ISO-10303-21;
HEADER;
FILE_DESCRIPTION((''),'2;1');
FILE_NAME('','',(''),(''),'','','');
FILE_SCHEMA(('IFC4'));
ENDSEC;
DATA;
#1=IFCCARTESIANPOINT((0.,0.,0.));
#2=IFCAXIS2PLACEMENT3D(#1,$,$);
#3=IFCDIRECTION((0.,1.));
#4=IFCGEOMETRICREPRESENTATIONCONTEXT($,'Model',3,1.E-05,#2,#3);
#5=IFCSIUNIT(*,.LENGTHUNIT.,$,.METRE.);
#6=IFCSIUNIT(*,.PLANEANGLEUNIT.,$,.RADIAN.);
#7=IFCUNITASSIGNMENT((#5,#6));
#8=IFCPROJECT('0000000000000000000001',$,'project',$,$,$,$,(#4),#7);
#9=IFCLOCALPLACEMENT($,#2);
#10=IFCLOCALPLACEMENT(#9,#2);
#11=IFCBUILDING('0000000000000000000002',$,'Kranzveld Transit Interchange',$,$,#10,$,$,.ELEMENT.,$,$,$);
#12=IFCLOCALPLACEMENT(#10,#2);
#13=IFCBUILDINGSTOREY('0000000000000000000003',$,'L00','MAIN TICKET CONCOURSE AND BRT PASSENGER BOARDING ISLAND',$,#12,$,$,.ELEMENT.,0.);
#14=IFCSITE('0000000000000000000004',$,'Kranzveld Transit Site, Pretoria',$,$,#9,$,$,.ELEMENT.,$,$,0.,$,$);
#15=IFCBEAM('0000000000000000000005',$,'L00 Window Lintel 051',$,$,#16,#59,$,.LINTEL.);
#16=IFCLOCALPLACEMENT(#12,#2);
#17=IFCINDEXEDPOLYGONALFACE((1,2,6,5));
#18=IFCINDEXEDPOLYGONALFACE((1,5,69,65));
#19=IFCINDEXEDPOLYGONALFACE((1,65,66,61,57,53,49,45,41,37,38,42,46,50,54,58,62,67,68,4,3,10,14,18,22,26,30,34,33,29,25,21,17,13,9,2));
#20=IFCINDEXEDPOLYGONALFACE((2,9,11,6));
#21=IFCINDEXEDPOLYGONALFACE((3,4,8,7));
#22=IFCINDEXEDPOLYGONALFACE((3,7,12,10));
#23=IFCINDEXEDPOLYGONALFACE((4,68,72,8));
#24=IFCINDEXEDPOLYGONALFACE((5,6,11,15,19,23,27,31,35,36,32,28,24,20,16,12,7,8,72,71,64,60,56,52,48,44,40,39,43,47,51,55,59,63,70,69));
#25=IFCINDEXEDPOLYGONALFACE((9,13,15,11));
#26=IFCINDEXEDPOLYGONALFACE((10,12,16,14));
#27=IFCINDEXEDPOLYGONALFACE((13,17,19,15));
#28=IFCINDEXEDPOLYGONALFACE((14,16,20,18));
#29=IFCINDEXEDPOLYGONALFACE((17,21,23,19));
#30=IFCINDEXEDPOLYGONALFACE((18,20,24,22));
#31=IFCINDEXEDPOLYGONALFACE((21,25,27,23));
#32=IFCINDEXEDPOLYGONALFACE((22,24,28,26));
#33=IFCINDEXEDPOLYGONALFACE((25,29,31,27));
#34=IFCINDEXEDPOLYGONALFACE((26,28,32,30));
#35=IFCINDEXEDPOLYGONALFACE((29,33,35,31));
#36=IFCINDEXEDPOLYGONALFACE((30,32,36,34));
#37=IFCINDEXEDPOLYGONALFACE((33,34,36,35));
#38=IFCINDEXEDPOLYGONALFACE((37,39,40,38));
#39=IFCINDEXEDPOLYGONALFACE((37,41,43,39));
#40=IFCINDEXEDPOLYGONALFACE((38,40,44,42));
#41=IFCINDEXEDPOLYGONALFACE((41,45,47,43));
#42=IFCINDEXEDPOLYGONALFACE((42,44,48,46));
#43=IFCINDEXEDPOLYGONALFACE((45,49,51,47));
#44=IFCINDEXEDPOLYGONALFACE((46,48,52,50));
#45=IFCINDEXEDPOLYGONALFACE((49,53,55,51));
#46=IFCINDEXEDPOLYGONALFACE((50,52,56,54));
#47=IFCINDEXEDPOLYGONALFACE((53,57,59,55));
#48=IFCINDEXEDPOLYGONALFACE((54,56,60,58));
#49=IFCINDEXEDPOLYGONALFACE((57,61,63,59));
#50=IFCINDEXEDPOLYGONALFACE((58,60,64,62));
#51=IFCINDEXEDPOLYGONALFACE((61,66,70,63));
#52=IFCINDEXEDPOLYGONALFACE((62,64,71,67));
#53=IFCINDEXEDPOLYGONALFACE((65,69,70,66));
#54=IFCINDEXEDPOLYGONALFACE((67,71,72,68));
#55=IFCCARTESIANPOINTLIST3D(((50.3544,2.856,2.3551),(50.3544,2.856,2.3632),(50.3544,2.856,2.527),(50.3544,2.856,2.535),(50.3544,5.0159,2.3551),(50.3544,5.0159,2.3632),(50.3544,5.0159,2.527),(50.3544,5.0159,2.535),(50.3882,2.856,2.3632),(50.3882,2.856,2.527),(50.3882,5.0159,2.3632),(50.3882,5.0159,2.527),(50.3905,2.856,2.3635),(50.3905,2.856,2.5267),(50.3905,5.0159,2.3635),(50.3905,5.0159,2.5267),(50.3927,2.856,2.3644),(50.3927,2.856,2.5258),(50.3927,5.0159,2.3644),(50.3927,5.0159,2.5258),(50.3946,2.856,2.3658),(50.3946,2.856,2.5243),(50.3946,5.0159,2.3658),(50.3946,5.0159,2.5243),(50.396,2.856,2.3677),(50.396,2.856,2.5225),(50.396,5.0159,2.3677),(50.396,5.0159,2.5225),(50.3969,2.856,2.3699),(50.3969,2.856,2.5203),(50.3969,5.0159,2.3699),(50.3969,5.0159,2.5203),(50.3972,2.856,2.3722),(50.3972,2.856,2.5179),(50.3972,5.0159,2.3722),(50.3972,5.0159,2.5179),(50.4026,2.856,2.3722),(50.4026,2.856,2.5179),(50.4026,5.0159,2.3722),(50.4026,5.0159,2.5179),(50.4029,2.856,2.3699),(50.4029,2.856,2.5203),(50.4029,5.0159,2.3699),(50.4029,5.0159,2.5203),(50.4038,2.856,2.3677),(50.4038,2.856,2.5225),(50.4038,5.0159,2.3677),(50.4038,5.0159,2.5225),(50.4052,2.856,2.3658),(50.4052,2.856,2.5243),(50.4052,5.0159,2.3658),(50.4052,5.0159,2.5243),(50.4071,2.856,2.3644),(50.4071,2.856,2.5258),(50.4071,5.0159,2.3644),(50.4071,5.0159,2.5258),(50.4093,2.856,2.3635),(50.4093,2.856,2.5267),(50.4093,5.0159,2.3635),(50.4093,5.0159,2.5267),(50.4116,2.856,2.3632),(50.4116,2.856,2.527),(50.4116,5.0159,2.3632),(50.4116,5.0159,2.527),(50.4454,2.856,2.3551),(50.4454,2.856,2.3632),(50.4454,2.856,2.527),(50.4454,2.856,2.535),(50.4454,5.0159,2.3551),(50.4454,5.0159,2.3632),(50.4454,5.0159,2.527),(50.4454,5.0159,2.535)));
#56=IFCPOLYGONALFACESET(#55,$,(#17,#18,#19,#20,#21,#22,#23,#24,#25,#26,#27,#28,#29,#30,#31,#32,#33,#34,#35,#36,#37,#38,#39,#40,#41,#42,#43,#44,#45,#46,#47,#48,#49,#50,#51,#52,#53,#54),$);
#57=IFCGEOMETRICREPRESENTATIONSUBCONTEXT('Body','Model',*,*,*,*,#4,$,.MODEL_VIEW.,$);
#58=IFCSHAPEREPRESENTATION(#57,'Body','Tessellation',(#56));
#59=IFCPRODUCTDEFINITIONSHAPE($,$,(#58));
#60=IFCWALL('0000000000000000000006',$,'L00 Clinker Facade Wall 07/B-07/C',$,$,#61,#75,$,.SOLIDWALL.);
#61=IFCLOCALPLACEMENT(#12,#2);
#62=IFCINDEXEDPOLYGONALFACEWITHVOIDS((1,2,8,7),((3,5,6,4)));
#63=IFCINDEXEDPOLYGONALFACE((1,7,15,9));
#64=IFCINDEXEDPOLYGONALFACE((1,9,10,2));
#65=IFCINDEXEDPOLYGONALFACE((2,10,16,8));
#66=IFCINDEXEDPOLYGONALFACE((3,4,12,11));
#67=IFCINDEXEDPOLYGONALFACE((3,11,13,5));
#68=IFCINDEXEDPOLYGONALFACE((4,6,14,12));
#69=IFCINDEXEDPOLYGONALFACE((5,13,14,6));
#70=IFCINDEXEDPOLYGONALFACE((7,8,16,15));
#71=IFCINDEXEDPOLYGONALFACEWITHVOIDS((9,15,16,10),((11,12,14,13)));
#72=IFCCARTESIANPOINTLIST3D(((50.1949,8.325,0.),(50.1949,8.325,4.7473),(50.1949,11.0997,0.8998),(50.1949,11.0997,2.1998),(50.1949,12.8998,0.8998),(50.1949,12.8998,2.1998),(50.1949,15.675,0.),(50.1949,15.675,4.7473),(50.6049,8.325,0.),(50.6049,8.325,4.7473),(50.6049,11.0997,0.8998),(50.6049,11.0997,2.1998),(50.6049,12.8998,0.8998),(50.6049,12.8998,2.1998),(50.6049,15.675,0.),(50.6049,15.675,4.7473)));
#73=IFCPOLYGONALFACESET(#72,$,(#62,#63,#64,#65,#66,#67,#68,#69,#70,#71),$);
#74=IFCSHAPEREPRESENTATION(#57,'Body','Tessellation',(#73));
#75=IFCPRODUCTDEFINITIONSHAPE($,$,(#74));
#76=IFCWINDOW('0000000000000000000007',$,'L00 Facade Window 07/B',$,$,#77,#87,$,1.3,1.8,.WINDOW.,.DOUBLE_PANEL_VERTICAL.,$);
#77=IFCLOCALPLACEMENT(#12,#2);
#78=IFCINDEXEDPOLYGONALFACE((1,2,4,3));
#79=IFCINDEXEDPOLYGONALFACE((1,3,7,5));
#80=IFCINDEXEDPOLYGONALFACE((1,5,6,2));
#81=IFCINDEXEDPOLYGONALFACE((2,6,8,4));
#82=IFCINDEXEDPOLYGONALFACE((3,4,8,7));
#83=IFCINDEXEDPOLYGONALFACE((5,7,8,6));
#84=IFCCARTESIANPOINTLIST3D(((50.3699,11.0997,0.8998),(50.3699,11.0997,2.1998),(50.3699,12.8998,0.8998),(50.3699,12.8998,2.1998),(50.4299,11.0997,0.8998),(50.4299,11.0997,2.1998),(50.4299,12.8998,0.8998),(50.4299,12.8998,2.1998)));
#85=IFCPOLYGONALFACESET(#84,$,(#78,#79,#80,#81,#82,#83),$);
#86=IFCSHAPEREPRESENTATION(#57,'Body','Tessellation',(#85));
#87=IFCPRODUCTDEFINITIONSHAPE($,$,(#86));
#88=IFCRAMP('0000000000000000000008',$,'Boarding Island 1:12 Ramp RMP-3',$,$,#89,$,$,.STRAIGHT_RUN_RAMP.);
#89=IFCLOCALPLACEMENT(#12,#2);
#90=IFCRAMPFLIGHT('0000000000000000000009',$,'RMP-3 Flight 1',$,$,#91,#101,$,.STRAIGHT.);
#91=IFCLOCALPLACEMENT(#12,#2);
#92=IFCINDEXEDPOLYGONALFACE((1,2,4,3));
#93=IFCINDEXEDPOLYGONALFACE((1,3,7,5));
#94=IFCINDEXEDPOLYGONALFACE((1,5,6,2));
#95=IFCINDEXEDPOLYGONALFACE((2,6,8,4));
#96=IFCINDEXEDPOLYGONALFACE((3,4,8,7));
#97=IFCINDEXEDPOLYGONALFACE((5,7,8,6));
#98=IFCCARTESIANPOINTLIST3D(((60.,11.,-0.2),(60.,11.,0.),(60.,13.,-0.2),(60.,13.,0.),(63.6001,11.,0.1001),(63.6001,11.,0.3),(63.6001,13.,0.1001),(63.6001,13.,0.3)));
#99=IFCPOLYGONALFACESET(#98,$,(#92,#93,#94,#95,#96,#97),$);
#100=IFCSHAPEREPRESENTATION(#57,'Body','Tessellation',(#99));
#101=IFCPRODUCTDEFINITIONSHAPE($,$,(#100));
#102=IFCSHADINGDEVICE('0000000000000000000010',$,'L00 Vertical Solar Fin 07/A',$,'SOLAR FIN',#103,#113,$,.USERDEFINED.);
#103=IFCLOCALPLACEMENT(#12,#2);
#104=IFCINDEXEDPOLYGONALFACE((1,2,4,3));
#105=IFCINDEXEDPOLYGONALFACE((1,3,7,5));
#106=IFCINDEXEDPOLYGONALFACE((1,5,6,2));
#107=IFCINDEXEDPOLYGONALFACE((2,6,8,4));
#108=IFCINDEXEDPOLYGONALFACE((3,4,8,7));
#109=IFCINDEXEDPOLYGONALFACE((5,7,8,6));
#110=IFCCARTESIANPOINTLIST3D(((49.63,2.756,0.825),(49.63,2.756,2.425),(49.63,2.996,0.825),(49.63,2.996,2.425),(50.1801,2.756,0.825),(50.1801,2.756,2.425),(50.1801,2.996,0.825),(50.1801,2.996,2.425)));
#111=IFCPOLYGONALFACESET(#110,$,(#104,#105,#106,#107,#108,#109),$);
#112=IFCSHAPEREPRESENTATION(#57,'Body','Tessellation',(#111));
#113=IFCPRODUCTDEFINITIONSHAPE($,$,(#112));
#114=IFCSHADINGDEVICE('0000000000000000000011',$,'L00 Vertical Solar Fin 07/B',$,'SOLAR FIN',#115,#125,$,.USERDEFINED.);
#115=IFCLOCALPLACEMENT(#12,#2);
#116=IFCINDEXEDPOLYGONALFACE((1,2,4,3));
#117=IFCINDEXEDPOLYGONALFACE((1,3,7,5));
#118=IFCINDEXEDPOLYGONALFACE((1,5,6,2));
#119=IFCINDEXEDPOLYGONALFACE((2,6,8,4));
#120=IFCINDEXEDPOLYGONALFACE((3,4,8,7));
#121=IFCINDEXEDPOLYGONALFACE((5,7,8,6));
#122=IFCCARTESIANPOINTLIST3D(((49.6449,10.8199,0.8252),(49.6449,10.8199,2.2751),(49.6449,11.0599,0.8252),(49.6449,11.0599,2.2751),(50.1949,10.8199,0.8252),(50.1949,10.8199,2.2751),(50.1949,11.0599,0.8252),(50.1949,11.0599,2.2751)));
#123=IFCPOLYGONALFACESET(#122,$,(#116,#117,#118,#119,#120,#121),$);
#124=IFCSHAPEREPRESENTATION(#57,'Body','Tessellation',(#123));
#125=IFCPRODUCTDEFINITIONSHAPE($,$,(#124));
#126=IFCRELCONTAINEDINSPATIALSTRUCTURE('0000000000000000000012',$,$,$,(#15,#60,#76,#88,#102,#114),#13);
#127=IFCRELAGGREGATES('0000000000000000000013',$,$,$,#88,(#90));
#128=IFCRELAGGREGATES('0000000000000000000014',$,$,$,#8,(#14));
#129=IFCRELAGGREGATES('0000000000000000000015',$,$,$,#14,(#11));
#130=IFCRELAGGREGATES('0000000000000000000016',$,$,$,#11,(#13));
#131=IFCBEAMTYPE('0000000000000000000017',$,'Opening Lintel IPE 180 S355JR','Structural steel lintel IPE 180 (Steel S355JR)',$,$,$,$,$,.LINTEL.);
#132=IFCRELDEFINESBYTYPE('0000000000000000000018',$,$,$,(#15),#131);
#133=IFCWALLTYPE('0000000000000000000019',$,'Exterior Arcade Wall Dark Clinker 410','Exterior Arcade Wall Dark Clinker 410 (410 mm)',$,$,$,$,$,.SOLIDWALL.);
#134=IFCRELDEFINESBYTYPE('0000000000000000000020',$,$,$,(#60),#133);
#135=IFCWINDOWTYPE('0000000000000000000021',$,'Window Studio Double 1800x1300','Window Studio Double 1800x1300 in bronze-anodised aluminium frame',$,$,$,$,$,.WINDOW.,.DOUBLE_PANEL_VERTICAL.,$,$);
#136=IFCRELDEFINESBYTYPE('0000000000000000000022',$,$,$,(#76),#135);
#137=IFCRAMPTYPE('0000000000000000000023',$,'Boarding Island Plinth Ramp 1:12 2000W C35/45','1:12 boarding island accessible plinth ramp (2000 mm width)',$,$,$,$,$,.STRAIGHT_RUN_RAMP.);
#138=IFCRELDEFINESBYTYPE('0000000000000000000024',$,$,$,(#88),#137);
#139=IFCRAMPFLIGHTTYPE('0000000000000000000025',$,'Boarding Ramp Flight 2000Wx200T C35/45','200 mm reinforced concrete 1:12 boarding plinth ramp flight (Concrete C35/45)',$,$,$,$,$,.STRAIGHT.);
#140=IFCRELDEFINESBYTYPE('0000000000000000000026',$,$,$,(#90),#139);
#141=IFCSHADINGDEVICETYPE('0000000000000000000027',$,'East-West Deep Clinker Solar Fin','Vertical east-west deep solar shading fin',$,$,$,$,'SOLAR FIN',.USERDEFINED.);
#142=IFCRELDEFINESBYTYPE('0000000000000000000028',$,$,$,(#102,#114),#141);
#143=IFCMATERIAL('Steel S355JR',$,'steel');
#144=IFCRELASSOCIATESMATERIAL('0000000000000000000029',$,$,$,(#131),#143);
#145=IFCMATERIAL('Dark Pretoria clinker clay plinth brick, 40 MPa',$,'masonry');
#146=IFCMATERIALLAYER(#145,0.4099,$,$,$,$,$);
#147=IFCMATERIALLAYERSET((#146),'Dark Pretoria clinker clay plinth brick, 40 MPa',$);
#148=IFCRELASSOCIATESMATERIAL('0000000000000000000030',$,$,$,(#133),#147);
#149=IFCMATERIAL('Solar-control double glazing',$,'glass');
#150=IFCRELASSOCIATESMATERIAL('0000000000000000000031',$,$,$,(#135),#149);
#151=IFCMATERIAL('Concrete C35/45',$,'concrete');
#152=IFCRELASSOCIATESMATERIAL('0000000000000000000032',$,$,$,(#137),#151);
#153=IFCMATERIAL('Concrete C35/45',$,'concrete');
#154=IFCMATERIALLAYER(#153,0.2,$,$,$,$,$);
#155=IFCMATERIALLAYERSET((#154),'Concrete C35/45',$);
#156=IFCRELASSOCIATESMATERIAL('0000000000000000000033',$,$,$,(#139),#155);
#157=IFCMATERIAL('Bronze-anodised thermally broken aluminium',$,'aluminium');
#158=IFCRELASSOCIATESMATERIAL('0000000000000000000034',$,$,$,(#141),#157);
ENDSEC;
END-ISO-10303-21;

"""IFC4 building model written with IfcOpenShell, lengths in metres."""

from ifc_helpers import new_model, si_unit, direction, frame, frame_2d, origin, origin_2d, place, context, subcontext, project, spatial, polyline, rectangle, i_section, outline, extrude, material, layer, layer_set, material_profile, profile_set, type_object, element, fill, aggregate, save


model = new_model("IFC4")

# Units and contexts
model_context = context("Model", 3, precision=1e-05, world=origin(), true_north=direction((0.0, 1.0)))
body_context = subcontext(model_context, "Body", "Model", "MODEL_VIEW")
ifc_project = project(units=[si_unit("LENGTHUNIT", "METRE"), si_unit("PLANEANGLEUNIT", "RADIAN")], contexts=[model_context])

# Site, building, storey
site_placement = place(None, origin())
site = spatial("IfcSite", under=ifc_project, at=site_placement, Name="Kranzveld Transit Site, Pretoria", CompositionType="ELEMENT", RefElevation=0.0)
building_placement = place(site_placement, origin())
building = spatial("IfcBuilding", under=site, at=building_placement, Name="Kranzveld Transit Interchange", CompositionType="ELEMENT")
storey_placement = place(building_placement, origin())
storey = spatial("IfcBuildingStorey", under=building, at=storey_placement, Name="L00", Description="MAIN TICKET CONCOURSE AND BRT PASSENGER BOARDING ISLAND", CompositionType="ELEMENT", Elevation=0.0)

# Beam
ifc_material_1 = material(Name="Steel S355JR", Category="steel")
ifc_material_profile_1 = material_profile(ifc_material_1, i_section(OverallWidth=0.0911, OverallDepth=0.1799, WebThickness=0.0054, FlangeThickness=0.0081, FilletRadius=0.009, at=origin_2d()), Name="IPE 180")
ifc_profile_set_1 = profile_set([ifc_material_profile_1], Name="Steel S355JR")
beam_type_1 = type_object("IfcBeamType", Name="Opening Lintel IPE 180 S355JR", Description="Structural steel lintel IPE 180 (Steel S355JR)", PredefinedType="LINTEL", material=ifc_profile_set_1)
beam_1_placement = place(storey_placement, frame((50.3999, 2.856, 2.4451), z_axis=(0.0, 1.0, 0.0), x_axis=(-1.0, 0.0, 0.0)))
element("IfcBeam", 1, at=beam_1_placement, inside=storey, type_object=beam_type_1, Name="L00 Window Lintel 051", PredefinedType="LINTEL", context=body_context, shape_type="SweptSolid", body=[
    extrude(i_section(OverallWidth=0.0911, OverallDepth=0.1799, WebThickness=0.0054, FlangeThickness=0.0081, FilletRadius=0.009, at=origin_2d()), origin(), (0.0, 0.0, 1.0), 2.1599),
])

# Wall, opening, window
ifc_material_2 = material(Name="Dark Pretoria clinker clay plinth brick, 40 MPa", Category="masonry")
ifc_layer_1 = layer(ifc_material_2, 0.4099)
ifc_layer_set_1 = layer_set([ifc_layer_1], Name="Dark Pretoria clinker clay plinth brick, 40 MPa")
wall_type = type_object("IfcWallType", Name="Exterior Arcade Wall Dark Clinker 410", Description="Exterior Arcade Wall Dark Clinker 410 (410 mm)", PredefinedType="SOLIDWALL", material=ifc_layer_set_1)
wall_placement = place(storey_placement, frame((50.3999, 8.325, 0.0), z_axis=(0.0, 0.0, 1.0), x_axis=(0.0, 1.0, 0.0)))
wall = element("IfcWall", 2, at=wall_placement, inside=storey, type_object=wall_type, Name="L00 Clinker Facade Wall 07/B-07/C", PredefinedType="SOLIDWALL", context=body_context, shape_type="SweptSolid", body=[
    extrude(rectangle(XDim=7.3501, YDim=0.4099, at=frame_2d((3.675, 0.0))), origin(), (0.0, 0.0, 1.0), 4.7473),
])
opening_placement = place(wall_placement, frame((2.7749, 0.0, 0.8999), z_axis=(0.0, 0.0, 1.0), x_axis=(1.0, 0.0, 0.0)))
opening = element("IfcOpeningElement", 3, at=opening_placement, cuts=wall, PredefinedType="OPENING", context=body_context, shape_type="SweptSolid", body=[
    extrude(rectangle(XDim=1.8, YDim=1.3, at=frame_2d((0.8999, 0.6499))), frame((0.0, 0.2148, 0.0), z_axis=(0.0, -1.0, 0.0), x_axis=(1.0, 0.0, 0.0)), (0.0, 0.0, 1.0), 0.4299),
])
ifc_material_3 = material(Name="Solar-control double glazing", Category="glass")
window_type = type_object("IfcWindowType", Name="Window Studio Double 1800x1300", Description="Window Studio Double 1800x1300 in bronze-anodised aluminium frame", PartitioningType="DOUBLE_PANEL_VERTICAL", PredefinedType="WINDOW", material=ifc_material_3)
window_placement = place(opening_placement, origin())
window = element("IfcWindow", 4, at=window_placement, inside=storey, type_object=window_type, Name="L00 Facade Window 07/B", OverallHeight=1.3, OverallWidth=1.8, PartitioningType="DOUBLE_PANEL_VERTICAL", PredefinedType="WINDOW", context=body_context, shape_type="SweptSolid", body=[
    extrude(rectangle(XDim=1.8, YDim=1.3, at=frame_2d((0.8999, 0.6499))), frame((0.0, 0.03, 0.0), z_axis=(0.0, -1.0, 0.0), x_axis=(1.0, 0.0, 0.0)), (0.0, 0.0, 1.0), 0.0601),
])
fill(opening, window)

# Ramp, ramp flight
ifc_material_4 = material(Name="Concrete C35/45", Category="concrete")
ramp_type = type_object("IfcRampType", Name="Boarding Island Plinth Ramp 1:12 2000W C35/45", Description="1:12 boarding island accessible plinth ramp (2000 mm width)", PredefinedType="STRAIGHT_RUN_RAMP", material=ifc_material_4)
ramp_placement = place(storey_placement, origin())
ramp = element("IfcRamp", 5, at=ramp_placement, inside=storey, type_object=ramp_type, Name="Boarding Island 1:12 Ramp RMP-3", PredefinedType="STRAIGHT_RUN_RAMP")
ifc_material_5 = material(Name="Concrete C35/45", Category="concrete")
ifc_layer_2 = layer(ifc_material_5, 0.2)
ifc_layer_set_2 = layer_set([ifc_layer_2], Name="Concrete C35/45")
ramp_flight_type = type_object("IfcRampFlightType", Name="Boarding Ramp Flight 2000Wx200T C35/45", Description="200 mm reinforced concrete 1:12 boarding plinth ramp flight (Concrete C35/45)", PredefinedType="STRAIGHT", material=ifc_layer_set_2)
ramp_flight_placement = place(storey_placement, frame((60.0, 12.0, 0.0), z_axis=(0.0, 0.0, 1.0), x_axis=(1.0, 0.0, 0.0)))
ramp_flight = element("IfcRampFlight", 6, at=ramp_flight_placement, type_object=ramp_flight_type, Name="RMP-3 Flight 1", PredefinedType="STRAIGHT", context=body_context, shape_type="SweptSolid", body=[
    extrude(outline(polyline([(0.0, -0.2), (0.0, 0.0), (3.6001, 0.3), (3.6001, 0.1001), (0.0, -0.2)])), frame((0.0, 1.0, 0.0), z_axis=(0.0, -1.0, 0.0), x_axis=(1.0, 0.0, 0.0)), (0.0, 0.0, 1.0), 2.0),
])
aggregate(ramp, [ramp_flight])

# Shading devices
ifc_material_6 = material(Name="Bronze-anodised thermally broken aluminium", Category="aluminium")
shading_device_type = type_object("IfcShadingDeviceType", Name="East-West Deep Clinker Solar Fin", Description="Vertical east-west deep solar shading fin", ElementType="SOLAR FIN", PredefinedType="USERDEFINED", material=ifc_material_6)
shading_device_1_placement = place(storey_placement, frame((49.905, 2.876, 0.825), z_axis=(0.0, 0.0, 1.0), x_axis=(0.0, 1.0, 0.0)))
element("IfcShadingDevice", 7, at=shading_device_1_placement, inside=storey, type_object=shading_device_type, Name="L00 Vertical Solar Fin 07/A", ObjectType="SOLAR FIN", PredefinedType="USERDEFINED", context=body_context, shape_type="SweptSolid", body=[
    extrude(rectangle(XDim=0.24, YDim=0.55, at=origin_2d()), origin(), (0.0, 0.0, 1.0), 1.6001),
])
shading_device_2_placement = place(storey_placement, frame((49.9199, 10.9399, 0.8252), z_axis=(0.0, 0.0, 1.0), x_axis=(0.0, 1.0, 0.0)))
element("IfcShadingDevice", 8, at=shading_device_2_placement, inside=storey, type_object=shading_device_type, Name="L00 Vertical Solar Fin 07/B", ObjectType="SOLAR FIN", PredefinedType="USERDEFINED", context=body_context, shape_type="SweptSolid", body=[
    extrude(rectangle(XDim=0.24, YDim=0.55, at=origin_2d()), origin(), (0.0, 0.0, 1.0), 1.45),
])

save(model, "model.ifc")
